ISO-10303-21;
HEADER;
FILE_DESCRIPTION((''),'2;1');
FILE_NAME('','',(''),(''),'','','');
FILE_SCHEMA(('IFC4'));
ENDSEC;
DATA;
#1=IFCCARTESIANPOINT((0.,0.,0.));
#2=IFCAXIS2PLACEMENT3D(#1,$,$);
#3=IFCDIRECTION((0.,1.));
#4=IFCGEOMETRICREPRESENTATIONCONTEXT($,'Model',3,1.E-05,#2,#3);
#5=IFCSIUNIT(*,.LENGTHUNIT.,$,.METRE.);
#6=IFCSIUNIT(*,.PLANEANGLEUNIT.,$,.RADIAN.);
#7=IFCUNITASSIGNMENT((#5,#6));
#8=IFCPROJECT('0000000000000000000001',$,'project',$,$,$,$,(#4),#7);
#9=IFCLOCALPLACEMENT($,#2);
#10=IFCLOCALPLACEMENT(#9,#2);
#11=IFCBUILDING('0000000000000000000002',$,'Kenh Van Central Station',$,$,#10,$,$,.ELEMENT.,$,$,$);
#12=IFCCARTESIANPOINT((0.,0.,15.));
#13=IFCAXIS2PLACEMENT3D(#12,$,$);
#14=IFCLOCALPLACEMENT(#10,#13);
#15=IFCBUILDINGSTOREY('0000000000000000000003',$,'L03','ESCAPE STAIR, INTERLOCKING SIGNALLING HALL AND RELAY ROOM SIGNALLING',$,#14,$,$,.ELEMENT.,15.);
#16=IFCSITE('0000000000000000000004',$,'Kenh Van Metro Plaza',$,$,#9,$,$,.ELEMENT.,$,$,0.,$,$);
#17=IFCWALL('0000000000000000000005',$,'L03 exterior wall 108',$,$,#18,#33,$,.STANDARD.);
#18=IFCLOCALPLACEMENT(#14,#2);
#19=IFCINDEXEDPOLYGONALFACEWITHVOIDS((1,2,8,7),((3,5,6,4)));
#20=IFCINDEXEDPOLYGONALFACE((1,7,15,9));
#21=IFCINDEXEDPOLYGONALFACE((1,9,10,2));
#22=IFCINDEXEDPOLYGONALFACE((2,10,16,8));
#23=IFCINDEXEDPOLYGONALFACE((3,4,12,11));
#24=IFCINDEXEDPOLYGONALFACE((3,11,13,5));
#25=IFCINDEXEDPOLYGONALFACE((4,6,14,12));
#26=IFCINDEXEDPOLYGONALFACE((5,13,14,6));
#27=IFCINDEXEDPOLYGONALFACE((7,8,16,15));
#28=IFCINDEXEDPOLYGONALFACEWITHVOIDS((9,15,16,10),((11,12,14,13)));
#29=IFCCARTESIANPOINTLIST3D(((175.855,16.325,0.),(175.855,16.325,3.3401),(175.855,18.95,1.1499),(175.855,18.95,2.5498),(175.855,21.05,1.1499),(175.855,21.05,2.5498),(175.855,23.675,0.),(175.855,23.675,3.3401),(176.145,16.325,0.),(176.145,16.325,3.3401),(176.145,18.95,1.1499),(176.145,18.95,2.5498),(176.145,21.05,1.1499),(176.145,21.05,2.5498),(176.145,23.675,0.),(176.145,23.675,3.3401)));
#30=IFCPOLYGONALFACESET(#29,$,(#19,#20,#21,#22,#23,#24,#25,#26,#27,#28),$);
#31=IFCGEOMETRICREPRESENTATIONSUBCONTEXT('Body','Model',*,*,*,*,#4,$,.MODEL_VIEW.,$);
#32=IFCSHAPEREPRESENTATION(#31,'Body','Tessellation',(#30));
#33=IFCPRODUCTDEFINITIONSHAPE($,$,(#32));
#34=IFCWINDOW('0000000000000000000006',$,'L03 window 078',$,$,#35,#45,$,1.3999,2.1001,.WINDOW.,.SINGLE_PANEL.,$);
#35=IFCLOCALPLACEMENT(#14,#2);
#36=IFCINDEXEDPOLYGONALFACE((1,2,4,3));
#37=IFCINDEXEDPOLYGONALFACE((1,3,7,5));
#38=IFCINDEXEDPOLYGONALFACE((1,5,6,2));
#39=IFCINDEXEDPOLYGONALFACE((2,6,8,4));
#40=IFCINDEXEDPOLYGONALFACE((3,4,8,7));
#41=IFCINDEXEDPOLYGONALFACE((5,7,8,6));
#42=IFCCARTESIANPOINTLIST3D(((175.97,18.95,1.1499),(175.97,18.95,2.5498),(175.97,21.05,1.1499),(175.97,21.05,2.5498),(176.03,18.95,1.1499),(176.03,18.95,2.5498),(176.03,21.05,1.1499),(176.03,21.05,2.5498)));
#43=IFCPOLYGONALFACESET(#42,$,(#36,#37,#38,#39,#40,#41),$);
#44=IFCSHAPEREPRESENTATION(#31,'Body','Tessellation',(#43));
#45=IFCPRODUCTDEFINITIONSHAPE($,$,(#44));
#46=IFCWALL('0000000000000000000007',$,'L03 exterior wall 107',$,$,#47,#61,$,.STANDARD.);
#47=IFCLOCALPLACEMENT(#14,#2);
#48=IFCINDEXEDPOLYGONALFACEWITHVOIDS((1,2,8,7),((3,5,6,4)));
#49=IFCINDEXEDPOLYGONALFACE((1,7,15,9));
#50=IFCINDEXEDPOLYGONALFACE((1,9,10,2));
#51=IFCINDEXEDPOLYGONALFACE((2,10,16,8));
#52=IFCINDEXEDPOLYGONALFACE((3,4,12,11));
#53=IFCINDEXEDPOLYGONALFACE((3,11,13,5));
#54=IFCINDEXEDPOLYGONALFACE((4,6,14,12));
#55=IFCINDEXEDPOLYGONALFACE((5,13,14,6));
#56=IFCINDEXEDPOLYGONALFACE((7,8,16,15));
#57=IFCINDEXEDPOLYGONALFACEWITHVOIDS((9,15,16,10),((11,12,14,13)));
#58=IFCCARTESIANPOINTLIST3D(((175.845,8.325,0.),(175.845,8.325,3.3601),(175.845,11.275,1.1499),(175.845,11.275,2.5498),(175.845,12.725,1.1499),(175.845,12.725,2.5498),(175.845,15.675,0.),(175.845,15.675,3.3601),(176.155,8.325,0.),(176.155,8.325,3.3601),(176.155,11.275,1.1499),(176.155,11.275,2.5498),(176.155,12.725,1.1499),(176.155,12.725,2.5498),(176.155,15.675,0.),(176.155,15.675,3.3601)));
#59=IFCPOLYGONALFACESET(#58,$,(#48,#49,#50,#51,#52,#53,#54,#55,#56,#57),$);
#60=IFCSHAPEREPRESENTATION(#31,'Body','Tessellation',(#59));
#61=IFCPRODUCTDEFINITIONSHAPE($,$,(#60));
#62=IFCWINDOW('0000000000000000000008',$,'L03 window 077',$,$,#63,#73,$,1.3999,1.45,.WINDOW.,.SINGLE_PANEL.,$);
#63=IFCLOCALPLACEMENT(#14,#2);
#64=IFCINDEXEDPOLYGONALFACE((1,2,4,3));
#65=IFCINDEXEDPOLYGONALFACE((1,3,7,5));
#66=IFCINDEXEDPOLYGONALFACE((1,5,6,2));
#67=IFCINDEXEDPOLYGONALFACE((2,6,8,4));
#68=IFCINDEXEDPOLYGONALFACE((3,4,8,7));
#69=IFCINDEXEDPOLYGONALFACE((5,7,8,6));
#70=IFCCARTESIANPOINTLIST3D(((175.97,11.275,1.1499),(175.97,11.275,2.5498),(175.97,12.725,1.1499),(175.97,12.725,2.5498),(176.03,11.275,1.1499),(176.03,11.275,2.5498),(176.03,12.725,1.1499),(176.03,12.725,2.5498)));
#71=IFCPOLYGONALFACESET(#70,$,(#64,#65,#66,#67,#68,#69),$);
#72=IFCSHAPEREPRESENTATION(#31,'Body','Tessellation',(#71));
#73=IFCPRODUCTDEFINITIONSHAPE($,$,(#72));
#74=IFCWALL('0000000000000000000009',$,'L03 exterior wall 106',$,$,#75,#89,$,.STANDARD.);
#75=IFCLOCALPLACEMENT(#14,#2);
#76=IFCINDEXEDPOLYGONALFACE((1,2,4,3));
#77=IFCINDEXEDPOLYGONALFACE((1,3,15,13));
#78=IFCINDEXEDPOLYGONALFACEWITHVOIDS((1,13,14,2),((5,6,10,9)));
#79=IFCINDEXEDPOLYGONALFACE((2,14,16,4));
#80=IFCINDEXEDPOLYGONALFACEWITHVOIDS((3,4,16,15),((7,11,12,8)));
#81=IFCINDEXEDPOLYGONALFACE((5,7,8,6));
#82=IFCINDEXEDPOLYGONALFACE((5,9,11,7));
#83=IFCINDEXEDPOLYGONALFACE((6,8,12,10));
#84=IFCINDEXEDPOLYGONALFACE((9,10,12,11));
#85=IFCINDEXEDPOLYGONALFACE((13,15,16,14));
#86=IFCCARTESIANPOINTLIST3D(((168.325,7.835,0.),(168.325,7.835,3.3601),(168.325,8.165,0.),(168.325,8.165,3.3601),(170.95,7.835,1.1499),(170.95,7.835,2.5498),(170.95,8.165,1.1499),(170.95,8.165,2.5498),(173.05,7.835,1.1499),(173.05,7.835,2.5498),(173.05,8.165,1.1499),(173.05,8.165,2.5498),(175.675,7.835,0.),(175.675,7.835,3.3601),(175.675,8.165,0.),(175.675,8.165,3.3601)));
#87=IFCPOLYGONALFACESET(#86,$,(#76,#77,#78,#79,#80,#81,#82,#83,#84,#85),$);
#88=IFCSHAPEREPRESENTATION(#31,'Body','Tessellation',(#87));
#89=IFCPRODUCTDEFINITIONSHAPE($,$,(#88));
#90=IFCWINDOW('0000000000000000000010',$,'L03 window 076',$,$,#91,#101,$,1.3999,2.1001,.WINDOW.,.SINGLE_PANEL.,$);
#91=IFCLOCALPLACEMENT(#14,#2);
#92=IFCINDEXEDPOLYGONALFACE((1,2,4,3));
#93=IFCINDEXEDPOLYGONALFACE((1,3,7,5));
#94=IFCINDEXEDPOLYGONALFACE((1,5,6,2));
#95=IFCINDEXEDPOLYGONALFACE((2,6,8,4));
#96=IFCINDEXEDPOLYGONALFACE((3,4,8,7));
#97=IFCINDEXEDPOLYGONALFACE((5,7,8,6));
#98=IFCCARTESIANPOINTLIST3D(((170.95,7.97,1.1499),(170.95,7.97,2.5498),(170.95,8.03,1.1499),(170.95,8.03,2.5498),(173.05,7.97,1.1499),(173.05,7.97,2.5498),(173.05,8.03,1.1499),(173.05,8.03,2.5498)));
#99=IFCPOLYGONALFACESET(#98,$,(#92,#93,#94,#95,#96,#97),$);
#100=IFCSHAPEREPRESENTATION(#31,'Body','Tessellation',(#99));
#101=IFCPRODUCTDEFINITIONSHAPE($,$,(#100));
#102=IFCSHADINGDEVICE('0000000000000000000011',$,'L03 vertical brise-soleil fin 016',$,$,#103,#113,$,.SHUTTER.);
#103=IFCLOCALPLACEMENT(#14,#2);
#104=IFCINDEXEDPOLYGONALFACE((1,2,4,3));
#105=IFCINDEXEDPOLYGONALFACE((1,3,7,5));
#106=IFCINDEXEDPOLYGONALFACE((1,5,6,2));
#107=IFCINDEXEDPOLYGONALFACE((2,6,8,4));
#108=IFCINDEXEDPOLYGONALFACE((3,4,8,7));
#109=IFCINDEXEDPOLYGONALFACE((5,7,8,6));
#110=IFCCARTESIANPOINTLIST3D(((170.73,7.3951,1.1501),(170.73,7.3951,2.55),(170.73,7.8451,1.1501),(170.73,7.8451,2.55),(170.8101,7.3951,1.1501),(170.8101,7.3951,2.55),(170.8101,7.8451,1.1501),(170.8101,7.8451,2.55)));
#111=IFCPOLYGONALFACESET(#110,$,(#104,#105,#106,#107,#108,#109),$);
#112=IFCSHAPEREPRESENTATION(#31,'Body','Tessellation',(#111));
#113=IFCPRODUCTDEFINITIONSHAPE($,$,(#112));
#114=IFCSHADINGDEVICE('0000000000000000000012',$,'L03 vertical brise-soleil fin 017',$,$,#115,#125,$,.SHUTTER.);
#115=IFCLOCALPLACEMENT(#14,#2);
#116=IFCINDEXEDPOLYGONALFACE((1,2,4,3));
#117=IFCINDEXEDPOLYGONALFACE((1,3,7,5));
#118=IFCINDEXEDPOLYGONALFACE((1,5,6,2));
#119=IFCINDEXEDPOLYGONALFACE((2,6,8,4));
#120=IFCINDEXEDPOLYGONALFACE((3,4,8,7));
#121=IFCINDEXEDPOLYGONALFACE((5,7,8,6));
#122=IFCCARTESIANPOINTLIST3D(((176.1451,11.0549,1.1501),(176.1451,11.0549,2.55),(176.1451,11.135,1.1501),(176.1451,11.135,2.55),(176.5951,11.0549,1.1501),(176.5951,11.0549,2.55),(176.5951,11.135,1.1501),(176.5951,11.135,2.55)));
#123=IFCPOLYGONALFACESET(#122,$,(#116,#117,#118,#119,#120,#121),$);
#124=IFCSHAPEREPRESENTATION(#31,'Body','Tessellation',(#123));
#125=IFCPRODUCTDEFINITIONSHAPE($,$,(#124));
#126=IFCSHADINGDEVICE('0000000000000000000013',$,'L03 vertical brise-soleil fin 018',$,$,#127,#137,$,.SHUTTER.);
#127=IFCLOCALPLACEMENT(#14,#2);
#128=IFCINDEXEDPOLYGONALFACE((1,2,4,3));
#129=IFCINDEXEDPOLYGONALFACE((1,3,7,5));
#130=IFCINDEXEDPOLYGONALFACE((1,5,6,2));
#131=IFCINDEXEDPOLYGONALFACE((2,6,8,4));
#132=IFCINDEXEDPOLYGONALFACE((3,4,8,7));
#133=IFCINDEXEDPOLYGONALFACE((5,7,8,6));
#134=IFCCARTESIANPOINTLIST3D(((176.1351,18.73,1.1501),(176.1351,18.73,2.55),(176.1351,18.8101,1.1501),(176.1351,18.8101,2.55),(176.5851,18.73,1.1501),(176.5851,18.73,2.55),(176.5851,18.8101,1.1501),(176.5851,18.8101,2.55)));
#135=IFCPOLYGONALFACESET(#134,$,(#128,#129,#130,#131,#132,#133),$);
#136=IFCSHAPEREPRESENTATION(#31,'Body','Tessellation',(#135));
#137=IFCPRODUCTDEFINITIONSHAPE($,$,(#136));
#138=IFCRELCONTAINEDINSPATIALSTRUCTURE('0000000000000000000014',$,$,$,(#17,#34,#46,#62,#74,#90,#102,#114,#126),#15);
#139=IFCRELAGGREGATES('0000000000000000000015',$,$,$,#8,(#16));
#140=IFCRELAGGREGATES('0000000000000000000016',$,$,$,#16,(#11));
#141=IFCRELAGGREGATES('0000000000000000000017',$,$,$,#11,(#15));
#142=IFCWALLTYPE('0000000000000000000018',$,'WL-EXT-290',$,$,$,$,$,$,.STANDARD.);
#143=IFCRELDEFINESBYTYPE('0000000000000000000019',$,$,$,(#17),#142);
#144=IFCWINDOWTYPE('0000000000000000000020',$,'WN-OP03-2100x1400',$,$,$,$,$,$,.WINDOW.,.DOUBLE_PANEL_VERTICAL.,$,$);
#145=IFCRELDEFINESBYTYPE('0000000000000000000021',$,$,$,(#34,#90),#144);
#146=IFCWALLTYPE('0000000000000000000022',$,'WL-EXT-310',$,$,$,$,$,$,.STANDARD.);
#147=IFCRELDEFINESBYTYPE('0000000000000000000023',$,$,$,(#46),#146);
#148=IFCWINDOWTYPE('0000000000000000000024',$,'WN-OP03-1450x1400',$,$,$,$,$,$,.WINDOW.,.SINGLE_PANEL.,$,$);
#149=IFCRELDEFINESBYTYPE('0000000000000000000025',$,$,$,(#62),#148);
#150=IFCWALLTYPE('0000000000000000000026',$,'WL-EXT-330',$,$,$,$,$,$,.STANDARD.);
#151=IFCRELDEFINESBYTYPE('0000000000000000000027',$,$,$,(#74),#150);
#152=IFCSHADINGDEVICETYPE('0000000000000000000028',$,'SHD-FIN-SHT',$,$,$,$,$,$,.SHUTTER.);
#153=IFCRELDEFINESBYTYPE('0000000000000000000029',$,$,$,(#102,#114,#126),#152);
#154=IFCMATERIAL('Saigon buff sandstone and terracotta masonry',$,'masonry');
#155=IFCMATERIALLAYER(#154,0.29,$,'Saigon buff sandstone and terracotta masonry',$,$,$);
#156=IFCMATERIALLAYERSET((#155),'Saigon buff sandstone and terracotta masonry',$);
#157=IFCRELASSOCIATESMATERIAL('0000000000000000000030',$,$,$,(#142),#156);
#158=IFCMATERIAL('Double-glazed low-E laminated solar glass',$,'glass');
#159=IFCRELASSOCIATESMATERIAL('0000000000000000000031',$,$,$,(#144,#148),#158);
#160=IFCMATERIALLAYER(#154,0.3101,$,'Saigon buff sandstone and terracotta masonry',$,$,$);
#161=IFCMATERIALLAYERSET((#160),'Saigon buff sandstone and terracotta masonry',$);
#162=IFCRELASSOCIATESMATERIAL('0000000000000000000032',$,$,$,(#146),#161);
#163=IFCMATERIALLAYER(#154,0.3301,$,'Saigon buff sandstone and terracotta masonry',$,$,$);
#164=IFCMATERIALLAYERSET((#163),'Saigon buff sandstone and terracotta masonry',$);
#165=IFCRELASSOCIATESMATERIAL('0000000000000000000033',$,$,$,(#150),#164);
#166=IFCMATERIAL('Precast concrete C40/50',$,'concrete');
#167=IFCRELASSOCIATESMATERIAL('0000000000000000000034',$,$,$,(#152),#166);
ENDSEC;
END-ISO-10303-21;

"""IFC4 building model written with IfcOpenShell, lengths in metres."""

from ifc_helpers import new_model, si_unit, direction, frame, frame_2d, origin, origin_2d, place, context, subcontext, project, spatial, rectangle, extrude, material, layer, layer_set, type_object, element, fill, save


model = new_model("IFC4")

# Units and contexts
model_context = context("Model", 3, precision=1e-05, world=origin(), true_north=direction((0.0, 1.0)))
body_context = subcontext(model_context, "Body", "Model", "MODEL_VIEW")
ifc_project = project(units=[si_unit("LENGTHUNIT", "METRE"), si_unit("PLANEANGLEUNIT", "RADIAN")], contexts=[model_context])

# Site, building, storey
site_placement = place(None, origin())
site = spatial("IfcSite", under=ifc_project, at=site_placement, Name="Kenh Van Metro Plaza", CompositionType="ELEMENT", RefElevation=0.0)
building_placement = place(site_placement, origin())
building = spatial("IfcBuilding", under=site, at=building_placement, Name="Kenh Van Central Station", CompositionType="ELEMENT")
storey_placement = place(building_placement, frame((0.0, 0.0, 15.0)))
storey = spatial("IfcBuildingStorey", under=building, at=storey_placement, Name="L03", Description="ESCAPE STAIR, INTERLOCKING SIGNALLING HALL AND RELAY ROOM SIGNALLING", CompositionType="ELEMENT", Elevation=15.0)

# Walls, openings, windows
ifc_material_1 = material(Name="Saigon buff sandstone and terracotta masonry", Category="masonry")
ifc_layer_1 = layer(ifc_material_1, 0.29, Name="Saigon buff sandstone and terracotta masonry")
ifc_layer_set_1 = layer_set([ifc_layer_1], Name="Saigon buff sandstone and terracotta masonry")
wall_type_1 = type_object("IfcWallType", Name="WL-EXT-290", PredefinedType="STANDARD", material=ifc_layer_set_1)
wall_1_placement = place(storey_placement, frame((176.0, 16.325, 0.0), z_axis=(0.0, 0.0, 1.0), x_axis=(0.0, 1.0, 0.0)))
wall_1 = element("IfcWall", 1, at=wall_1_placement, inside=storey, type_object=wall_type_1, Name="L03 exterior wall 108", PredefinedType="STANDARD", context=body_context, shape_type="SweptSolid", body=[
    extrude(rectangle(XDim=7.3501, YDim=0.29, at=frame_2d((3.675, 0.0))), origin(), (0.0, 0.0, 1.0), 3.3401),
])
opening_1_placement = place(wall_1_placement, frame((2.625, 0.0, 1.1499)))
opening_1 = element("IfcOpeningElement", 2, at=opening_1_placement, cuts=wall_1, PredefinedType="OPENING", context=body_context, shape_type="SweptSolid", body=[
    extrude(rectangle(XDim=2.1001, YDim=1.3999, at=frame_2d((1.05, 0.7))), frame((0.0, 0.155, 0.0), z_axis=(0.0, -1.0, 0.0), x_axis=(1.0, 0.0, 0.0)), (0.0, 0.0, 1.0), 0.3101),
])
ifc_material_2 = material(Name="Double-glazed low-E laminated solar glass", Category="glass")
window_type_1 = type_object("IfcWindowType", Name="WN-OP03-2100x1400", PartitioningType="DOUBLE_PANEL_VERTICAL", PredefinedType="WINDOW", material=ifc_material_2)
window_1_placement = place(opening_1_placement, origin())
window_1 = element("IfcWindow", 3, at=window_1_placement, inside=storey, type_object=window_type_1, Name="L03 window 078", OverallHeight=1.3999, OverallWidth=2.1001, PartitioningType="SINGLE_PANEL", PredefinedType="WINDOW", context=body_context, shape_type="SweptSolid", body=[
    extrude(rectangle(XDim=2.1001, YDim=1.3999, at=frame_2d((1.05, 0.7))), frame((0.0, 0.03, 0.0), z_axis=(0.0, -1.0, 0.0), x_axis=(1.0, 0.0, 0.0)), (0.0, 0.0, 1.0), 0.0601),
])
fill(opening_1, window_1)
ifc_layer_2 = layer(ifc_material_1, 0.3101, Name="Saigon buff sandstone and terracotta masonry")
ifc_layer_set_2 = layer_set([ifc_layer_2], Name="Saigon buff sandstone and terracotta masonry")
wall_type_2 = type_object("IfcWallType", Name="WL-EXT-310", PredefinedType="STANDARD", material=ifc_layer_set_2)
wall_2_placement = place(storey_placement, frame((176.0, 8.325, 0.0), z_axis=(0.0, 0.0, 1.0), x_axis=(0.0, 1.0, 0.0)))
wall_2 = element("IfcWall", 4, at=wall_2_placement, inside=storey, type_object=wall_type_2, Name="L03 exterior wall 107", PredefinedType="STANDARD", context=body_context, shape_type="SweptSolid", body=[
    extrude(rectangle(XDim=7.3501, YDim=0.3101, at=frame_2d((3.675, 0.0))), origin(), (0.0, 0.0, 1.0), 3.3601),
])
opening_2_placement = place(wall_2_placement, frame((2.95, 0.0, 1.1499)))
opening_2 = element("IfcOpeningElement", 5, at=opening_2_placement, cuts=wall_2, PredefinedType="OPENING", context=body_context, shape_type="SweptSolid", body=[
    extrude(rectangle(XDim=1.45, YDim=1.3999, at=frame_2d((0.7251, 0.7))), frame((0.0, 0.165, 0.0), z_axis=(0.0, -1.0, 0.0), x_axis=(1.0, 0.0, 0.0)), (0.0, 0.0, 1.0), 0.3301),
])
window_type_2 = type_object("IfcWindowType", Name="WN-OP03-1450x1400", PartitioningType="SINGLE_PANEL", PredefinedType="WINDOW", material=ifc_material_2)
window_2_placement = place(opening_2_placement, origin())
window_2 = element("IfcWindow", 6, at=window_2_placement, inside=storey, type_object=window_type_2, Name="L03 window 077", OverallHeight=1.3999, OverallWidth=1.45, PartitioningType="SINGLE_PANEL", PredefinedType="WINDOW", context=body_context, shape_type="SweptSolid", body=[
    extrude(rectangle(XDim=1.45, YDim=1.3999, at=frame_2d((0.7251, 0.7))), frame((0.0, 0.03, 0.0), z_axis=(0.0, -1.0, 0.0), x_axis=(1.0, 0.0, 0.0)), (0.0, 0.0, 1.0), 0.0601),
])
fill(opening_2, window_2)
ifc_layer_3 = layer(ifc_material_1, 0.3301, Name="Saigon buff sandstone and terracotta masonry")
ifc_layer_set_3 = layer_set([ifc_layer_3], Name="Saigon buff sandstone and terracotta masonry")
wall_type_3 = type_object("IfcWallType", Name="WL-EXT-330", PredefinedType="STANDARD", material=ifc_layer_set_3)
wall_3_placement = place(storey_placement, frame((168.325, 8.0, 0.0), z_axis=(0.0, 0.0, 1.0), x_axis=(1.0, 0.0, 0.0)))
wall_3 = element("IfcWall", 7, at=wall_3_placement, inside=storey, type_object=wall_type_3, Name="L03 exterior wall 106", PredefinedType="STANDARD", context=body_context, shape_type="SweptSolid", body=[
    extrude(rectangle(XDim=7.3501, YDim=0.3301, at=frame_2d((3.675, 0.0))), origin(), (0.0, 0.0, 1.0), 3.3601),
])
opening_3_placement = place(wall_3_placement, frame((2.625, 0.0, 1.1499)))
opening_3 = element("IfcOpeningElement", 8, at=opening_3_placement, cuts=wall_3, PredefinedType="OPENING", context=body_context, shape_type="SweptSolid", body=[
    extrude(rectangle(XDim=2.1001, YDim=1.3999, at=frame_2d((1.05, 0.7))), frame((0.0, 0.175, 0.0), z_axis=(0.0, -1.0, 0.0), x_axis=(1.0, 0.0, 0.0)), (0.0, 0.0, 1.0), 0.3501),
])
window_3_placement = place(opening_3_placement, origin())
window_3 = element("IfcWindow", 9, at=window_3_placement, inside=storey, type_object=window_type_1, Name="L03 window 076", OverallHeight=1.3999, OverallWidth=2.1001, PartitioningType="SINGLE_PANEL", PredefinedType="WINDOW", context=body_context, shape_type="SweptSolid", body=[
    extrude(rectangle(XDim=2.1001, YDim=1.3999, at=frame_2d((1.05, 0.7))), frame((0.0, 0.03, 0.0), z_axis=(0.0, -1.0, 0.0), x_axis=(1.0, 0.0, 0.0)), (0.0, 0.0, 1.0), 0.0601),
])
fill(opening_3, window_3)

# Shading devices
ifc_material_3 = material(Name="Precast concrete C40/50", Category="concrete")
shading_device_type = type_object("IfcShadingDeviceType", Name="SHD-FIN-SHT", PredefinedType="SHUTTER", material=ifc_material_3)
for number, where, z_axis, x_axis, name in (
    (10, (170.77, 7.6201, 1.1501), (0.0, 0.0, 1.0), (0.0, -1.0, 0.0), "L03 vertical brise-soleil fin 016"),
    (11, (176.3701, 11.095, 1.1501), (0.0, 0.0, 1.0), (1.0, 0.0, 0.0), "L03 vertical brise-soleil fin 017"),
    (12, (176.3601, 18.77, 1.1501), (0.0, 0.0, 1.0), (1.0, 0.0, 0.0), "L03 vertical brise-soleil fin 018"),
):
    element("IfcShadingDevice", number, at=place(storey_placement, frame(where, z_axis=z_axis, x_axis=x_axis)), inside=storey, type_object=shading_device_type, Name=name, PredefinedType="SHUTTER", context=body_context, shape_type="SweptSolid", body=[
        extrude(rectangle(XDim=0.45, YDim=0.0801, at=origin_2d()), origin(), (0.0, 0.0, 1.0), 1.3999),
    ])

save(model, "model.ifc")
